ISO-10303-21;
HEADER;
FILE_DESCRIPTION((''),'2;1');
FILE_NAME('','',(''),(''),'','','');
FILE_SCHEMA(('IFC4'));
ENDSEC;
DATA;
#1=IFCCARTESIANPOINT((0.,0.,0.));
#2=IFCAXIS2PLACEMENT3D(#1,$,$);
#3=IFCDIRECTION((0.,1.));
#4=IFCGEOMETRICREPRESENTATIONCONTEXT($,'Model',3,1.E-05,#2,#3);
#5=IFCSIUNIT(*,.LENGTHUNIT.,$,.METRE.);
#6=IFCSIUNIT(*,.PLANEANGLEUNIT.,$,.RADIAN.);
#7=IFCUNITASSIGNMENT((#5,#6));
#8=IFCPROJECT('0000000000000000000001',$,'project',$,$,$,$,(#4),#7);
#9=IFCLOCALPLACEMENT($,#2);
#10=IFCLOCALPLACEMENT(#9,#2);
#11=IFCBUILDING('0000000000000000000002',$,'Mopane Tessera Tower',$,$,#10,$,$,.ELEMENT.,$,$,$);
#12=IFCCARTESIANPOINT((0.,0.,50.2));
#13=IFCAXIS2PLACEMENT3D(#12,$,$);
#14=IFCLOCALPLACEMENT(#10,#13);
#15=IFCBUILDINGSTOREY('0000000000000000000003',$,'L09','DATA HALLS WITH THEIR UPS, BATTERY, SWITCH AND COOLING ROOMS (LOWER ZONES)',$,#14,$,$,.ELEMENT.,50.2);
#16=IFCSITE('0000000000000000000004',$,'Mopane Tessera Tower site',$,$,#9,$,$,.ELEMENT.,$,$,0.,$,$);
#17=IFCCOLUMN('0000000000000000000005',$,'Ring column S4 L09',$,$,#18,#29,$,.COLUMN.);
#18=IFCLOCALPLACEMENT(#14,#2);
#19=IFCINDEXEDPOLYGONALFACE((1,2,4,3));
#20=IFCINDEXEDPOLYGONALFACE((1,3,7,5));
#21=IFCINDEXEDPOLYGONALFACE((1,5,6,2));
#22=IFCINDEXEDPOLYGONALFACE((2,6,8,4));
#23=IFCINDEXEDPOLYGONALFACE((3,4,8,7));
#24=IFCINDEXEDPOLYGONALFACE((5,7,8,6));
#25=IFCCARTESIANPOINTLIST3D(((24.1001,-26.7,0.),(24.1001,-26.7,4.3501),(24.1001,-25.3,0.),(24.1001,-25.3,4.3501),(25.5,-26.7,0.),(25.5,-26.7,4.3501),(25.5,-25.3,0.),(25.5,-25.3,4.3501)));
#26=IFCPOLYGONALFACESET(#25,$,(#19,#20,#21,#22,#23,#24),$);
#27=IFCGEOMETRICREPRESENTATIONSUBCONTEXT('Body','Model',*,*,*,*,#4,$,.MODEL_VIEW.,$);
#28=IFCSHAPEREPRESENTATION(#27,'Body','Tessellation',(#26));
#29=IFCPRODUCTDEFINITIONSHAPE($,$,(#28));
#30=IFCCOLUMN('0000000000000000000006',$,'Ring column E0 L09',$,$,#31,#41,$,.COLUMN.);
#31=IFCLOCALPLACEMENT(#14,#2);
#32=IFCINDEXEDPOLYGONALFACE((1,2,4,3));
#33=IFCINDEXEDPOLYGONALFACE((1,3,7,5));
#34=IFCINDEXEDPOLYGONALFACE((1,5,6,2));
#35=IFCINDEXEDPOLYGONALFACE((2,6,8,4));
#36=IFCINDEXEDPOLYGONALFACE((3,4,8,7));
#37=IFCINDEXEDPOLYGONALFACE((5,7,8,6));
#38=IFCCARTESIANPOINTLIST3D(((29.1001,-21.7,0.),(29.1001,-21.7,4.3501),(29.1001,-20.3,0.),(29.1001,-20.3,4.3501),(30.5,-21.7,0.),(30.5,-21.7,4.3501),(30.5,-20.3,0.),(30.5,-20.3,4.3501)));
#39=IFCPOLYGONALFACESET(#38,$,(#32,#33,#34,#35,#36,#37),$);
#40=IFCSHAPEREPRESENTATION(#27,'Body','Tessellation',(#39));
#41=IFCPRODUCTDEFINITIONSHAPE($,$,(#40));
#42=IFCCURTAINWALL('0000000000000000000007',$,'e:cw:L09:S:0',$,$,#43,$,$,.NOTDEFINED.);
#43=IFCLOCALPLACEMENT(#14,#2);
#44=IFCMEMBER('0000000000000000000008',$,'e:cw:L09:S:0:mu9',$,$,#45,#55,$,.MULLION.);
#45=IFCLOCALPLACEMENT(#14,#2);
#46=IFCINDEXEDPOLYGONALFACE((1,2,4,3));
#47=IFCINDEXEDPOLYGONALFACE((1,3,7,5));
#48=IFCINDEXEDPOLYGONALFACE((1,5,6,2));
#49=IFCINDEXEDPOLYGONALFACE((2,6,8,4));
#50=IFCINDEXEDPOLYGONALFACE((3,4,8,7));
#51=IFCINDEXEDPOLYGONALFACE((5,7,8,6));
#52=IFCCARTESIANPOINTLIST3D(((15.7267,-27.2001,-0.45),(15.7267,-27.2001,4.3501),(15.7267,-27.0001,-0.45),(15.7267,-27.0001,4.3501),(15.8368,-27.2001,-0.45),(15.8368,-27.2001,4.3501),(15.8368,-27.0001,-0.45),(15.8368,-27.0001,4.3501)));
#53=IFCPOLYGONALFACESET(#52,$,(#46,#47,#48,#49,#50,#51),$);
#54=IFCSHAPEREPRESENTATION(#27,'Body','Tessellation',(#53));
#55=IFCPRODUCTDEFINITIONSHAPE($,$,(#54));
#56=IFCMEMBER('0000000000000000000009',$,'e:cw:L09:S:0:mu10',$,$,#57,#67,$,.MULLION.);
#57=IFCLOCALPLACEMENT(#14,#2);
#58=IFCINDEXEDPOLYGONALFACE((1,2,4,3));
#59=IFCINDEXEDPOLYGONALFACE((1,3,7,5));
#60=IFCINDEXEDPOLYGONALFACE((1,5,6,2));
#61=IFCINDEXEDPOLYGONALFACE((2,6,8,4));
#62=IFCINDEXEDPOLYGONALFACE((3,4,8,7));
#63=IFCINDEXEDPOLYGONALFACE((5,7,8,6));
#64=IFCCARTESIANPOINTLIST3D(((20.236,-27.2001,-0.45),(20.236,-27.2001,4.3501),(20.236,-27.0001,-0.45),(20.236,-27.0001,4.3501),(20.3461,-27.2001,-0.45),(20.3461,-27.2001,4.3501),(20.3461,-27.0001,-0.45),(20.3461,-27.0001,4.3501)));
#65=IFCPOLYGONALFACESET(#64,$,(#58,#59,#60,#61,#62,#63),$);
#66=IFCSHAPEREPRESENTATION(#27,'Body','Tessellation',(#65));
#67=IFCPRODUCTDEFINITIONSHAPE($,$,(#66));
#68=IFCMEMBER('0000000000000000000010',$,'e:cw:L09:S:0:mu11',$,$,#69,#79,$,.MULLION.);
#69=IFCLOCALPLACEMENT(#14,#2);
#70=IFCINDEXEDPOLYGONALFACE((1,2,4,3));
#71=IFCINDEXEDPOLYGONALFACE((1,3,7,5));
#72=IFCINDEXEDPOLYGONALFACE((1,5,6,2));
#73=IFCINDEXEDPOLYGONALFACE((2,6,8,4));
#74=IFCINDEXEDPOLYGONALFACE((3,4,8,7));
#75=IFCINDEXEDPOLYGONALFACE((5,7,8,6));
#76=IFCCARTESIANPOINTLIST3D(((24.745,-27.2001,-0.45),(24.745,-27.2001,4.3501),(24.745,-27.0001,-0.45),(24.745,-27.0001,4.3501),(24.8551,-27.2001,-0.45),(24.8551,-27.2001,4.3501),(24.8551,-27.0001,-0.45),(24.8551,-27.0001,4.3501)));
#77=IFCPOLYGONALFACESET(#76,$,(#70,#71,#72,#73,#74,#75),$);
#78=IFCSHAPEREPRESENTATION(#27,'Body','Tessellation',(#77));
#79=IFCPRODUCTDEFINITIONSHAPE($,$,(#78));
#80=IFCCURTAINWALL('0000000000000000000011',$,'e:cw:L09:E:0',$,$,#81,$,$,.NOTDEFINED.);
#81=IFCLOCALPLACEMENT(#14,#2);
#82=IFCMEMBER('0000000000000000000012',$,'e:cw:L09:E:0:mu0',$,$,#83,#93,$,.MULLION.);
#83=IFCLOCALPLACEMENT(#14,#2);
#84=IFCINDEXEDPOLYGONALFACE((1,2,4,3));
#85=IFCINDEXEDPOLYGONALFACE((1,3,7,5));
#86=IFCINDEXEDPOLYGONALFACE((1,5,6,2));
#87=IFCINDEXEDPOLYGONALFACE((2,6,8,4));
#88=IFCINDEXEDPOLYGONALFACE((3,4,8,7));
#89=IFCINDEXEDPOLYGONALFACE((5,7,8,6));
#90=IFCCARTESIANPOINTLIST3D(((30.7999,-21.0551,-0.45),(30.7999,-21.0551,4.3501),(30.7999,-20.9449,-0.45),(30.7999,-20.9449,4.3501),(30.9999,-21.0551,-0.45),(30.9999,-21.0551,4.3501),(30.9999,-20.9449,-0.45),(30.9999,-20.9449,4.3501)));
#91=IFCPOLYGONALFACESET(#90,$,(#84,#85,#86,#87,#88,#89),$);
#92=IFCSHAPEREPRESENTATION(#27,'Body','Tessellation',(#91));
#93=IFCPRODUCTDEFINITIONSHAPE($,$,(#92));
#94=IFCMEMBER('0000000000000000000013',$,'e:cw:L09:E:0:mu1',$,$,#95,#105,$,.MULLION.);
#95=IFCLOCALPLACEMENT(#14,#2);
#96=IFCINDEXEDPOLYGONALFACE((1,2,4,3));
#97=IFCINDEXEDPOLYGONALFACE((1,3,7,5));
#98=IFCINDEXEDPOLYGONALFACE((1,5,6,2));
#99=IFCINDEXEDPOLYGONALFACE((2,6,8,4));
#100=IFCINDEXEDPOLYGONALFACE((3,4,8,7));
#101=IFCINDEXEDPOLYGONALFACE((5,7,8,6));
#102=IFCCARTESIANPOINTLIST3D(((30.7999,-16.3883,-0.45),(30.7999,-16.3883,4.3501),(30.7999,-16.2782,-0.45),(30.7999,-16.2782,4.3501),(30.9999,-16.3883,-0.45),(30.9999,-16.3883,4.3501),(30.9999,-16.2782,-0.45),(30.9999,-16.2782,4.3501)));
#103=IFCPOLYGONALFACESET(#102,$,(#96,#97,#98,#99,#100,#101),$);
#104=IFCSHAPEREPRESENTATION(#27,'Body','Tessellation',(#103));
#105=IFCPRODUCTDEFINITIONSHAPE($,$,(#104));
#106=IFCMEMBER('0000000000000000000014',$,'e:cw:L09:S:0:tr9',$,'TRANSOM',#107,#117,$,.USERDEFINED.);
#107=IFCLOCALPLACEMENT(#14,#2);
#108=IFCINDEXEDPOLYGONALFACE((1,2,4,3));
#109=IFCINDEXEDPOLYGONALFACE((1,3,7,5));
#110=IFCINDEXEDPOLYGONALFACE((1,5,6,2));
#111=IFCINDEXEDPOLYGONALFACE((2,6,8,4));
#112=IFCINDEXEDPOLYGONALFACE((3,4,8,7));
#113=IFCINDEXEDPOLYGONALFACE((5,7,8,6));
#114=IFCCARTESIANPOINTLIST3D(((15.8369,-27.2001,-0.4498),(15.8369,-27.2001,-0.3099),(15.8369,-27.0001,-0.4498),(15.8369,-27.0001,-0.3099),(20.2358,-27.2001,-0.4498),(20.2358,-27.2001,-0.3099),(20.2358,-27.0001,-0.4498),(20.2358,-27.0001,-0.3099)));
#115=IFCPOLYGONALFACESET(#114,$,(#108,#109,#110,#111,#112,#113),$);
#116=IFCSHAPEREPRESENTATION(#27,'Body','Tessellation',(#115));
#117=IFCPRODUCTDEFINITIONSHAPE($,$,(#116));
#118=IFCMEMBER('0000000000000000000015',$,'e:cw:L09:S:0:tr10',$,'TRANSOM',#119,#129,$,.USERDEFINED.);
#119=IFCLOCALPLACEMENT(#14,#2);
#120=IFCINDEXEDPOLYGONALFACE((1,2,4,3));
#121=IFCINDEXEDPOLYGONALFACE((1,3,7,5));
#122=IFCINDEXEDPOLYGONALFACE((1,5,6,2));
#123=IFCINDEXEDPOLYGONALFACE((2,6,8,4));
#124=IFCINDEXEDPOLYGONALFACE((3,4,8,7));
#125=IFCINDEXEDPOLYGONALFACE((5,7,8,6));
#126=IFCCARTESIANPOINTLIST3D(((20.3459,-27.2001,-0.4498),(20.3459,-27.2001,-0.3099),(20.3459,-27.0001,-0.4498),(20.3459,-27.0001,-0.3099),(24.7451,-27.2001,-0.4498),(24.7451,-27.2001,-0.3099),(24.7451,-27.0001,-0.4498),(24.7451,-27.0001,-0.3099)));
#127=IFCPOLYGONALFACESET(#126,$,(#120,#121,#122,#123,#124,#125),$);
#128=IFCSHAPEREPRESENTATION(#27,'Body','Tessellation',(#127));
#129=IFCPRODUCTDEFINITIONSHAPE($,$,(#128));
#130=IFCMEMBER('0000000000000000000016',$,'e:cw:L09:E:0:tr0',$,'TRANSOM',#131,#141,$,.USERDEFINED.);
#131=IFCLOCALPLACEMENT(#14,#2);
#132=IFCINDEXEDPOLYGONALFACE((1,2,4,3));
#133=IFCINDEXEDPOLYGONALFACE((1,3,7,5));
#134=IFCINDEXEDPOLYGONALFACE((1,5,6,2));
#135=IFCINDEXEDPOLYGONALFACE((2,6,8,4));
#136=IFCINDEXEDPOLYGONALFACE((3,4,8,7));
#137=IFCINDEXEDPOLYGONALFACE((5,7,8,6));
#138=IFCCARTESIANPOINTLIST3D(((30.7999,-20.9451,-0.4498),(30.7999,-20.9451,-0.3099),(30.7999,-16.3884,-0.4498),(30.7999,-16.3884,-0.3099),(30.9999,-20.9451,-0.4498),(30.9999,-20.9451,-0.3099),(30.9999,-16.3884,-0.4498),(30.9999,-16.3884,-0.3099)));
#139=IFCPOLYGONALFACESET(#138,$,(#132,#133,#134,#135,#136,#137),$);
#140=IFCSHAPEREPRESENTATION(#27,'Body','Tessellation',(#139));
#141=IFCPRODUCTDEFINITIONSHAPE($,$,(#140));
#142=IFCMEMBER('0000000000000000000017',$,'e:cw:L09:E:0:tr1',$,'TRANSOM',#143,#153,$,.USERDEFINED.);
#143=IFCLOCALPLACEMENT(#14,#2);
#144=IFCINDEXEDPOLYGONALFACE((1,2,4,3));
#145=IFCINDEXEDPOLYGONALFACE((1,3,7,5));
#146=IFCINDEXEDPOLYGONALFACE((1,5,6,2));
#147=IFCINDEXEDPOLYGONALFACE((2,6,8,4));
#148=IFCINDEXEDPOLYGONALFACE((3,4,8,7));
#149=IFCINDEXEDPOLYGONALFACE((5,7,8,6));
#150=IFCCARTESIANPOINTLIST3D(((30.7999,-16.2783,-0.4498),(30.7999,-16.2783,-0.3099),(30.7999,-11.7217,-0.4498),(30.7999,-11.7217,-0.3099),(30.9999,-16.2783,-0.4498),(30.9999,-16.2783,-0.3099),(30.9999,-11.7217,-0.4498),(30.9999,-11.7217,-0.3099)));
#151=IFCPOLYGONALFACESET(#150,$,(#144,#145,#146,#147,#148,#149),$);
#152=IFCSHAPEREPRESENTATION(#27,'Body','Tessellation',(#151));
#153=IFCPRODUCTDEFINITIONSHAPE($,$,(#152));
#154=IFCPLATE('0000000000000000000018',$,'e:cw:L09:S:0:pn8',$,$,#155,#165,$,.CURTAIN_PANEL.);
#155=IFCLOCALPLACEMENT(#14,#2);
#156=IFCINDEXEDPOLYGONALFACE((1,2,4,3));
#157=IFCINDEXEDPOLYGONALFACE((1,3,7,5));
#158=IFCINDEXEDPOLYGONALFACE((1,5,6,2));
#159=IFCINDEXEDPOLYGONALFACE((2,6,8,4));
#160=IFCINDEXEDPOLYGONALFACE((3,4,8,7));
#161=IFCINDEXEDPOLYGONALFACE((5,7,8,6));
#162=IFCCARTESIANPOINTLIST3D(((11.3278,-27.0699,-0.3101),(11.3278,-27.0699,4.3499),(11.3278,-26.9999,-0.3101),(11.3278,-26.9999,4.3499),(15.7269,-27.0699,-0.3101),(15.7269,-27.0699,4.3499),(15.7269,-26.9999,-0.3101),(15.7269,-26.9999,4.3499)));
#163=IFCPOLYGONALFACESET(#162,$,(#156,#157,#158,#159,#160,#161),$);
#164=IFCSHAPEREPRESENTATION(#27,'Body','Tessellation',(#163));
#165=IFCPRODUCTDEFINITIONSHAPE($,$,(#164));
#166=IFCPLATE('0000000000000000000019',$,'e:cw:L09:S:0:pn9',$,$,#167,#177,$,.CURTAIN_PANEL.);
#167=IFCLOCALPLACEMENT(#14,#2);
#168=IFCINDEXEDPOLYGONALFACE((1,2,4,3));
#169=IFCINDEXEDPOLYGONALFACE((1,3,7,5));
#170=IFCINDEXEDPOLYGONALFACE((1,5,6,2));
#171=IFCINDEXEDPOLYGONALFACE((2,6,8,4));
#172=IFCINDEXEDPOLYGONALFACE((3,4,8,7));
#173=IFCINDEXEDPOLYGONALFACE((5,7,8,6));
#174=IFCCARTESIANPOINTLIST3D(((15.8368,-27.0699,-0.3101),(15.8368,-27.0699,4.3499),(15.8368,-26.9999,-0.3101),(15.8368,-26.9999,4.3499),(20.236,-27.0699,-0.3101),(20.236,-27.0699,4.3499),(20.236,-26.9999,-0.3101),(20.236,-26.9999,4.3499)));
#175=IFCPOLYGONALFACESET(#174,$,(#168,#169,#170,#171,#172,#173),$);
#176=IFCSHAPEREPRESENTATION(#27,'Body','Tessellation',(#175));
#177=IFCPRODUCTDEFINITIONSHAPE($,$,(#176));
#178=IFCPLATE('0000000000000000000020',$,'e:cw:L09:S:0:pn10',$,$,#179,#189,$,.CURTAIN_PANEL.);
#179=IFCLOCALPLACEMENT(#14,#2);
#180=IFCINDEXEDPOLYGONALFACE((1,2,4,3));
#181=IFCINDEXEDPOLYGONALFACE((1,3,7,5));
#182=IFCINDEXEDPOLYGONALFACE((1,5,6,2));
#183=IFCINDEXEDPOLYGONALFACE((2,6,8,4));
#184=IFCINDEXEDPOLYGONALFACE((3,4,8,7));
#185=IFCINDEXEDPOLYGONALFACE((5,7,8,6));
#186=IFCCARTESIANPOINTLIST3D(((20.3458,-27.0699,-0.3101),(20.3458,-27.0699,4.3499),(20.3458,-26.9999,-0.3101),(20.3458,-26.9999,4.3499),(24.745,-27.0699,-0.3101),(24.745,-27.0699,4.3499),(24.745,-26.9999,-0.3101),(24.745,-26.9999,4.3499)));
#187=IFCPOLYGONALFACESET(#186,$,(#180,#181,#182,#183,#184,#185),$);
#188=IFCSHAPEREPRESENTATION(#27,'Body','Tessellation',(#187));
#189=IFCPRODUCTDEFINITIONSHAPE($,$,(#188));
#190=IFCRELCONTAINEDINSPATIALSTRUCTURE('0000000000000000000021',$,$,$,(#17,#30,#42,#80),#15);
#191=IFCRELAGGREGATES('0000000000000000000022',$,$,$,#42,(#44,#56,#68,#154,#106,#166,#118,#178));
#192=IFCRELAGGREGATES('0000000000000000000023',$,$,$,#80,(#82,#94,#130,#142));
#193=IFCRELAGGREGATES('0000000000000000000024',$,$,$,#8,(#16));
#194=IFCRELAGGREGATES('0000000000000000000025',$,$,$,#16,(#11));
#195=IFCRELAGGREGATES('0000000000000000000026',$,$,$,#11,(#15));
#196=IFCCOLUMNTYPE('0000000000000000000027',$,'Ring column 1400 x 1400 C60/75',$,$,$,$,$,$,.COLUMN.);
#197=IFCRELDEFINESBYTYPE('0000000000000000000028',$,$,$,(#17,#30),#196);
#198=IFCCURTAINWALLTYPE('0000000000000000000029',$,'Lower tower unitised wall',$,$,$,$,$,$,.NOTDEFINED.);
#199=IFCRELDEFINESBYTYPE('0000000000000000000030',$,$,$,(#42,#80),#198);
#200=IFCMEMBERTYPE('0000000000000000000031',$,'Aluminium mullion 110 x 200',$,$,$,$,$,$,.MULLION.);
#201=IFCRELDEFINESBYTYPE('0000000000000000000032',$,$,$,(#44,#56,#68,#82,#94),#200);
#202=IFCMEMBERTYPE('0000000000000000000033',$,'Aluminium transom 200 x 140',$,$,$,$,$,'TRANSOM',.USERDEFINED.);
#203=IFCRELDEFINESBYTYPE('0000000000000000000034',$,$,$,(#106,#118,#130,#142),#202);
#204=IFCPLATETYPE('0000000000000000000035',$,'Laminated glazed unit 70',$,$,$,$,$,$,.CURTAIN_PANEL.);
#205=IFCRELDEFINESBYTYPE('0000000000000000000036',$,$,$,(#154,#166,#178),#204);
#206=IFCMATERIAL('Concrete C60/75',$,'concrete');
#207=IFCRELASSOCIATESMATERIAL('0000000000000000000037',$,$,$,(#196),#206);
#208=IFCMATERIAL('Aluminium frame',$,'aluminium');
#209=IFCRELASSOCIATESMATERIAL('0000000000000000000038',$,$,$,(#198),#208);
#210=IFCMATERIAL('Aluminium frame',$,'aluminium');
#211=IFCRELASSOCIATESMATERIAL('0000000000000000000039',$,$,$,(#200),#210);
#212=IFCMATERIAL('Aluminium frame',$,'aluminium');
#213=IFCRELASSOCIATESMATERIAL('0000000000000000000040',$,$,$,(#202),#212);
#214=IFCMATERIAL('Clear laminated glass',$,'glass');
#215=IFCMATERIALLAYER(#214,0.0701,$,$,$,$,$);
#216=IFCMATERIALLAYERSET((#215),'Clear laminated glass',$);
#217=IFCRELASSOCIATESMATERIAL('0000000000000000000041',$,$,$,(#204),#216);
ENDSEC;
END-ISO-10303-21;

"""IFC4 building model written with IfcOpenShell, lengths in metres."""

from ifc_helpers import new_model, si_unit, direction, frame, origin, origin_2d, place, context, subcontext, project, spatial, rectangle, extrude, material, layer, layer_set, material_profile, profile_set, type_object, element, aggregate, save


model = new_model("IFC4")

# Units and contexts
model_context = context("Model", 3, precision=1e-05, world=origin(), true_north=direction((0.0, 1.0)))
body_context = subcontext(model_context, "Body", "Model", "MODEL_VIEW")
ifc_project = project(units=[si_unit("LENGTHUNIT", "METRE"), si_unit("PLANEANGLEUNIT", "RADIAN")], contexts=[model_context])

# Site, building, storey
site_placement = place(None, origin())
site = spatial("IfcSite", under=ifc_project, at=site_placement, Name="Mopane Tessera Tower site", CompositionType="ELEMENT", RefElevation=0.0)
building_placement = place(site_placement, origin())
building = spatial("IfcBuilding", under=site, at=building_placement, Name="Mopane Tessera Tower", CompositionType="ELEMENT")
storey_placement = place(building_placement, frame((0.0, 0.0, 50.2)))
storey = spatial("IfcBuildingStorey", under=building, at=storey_placement, Name="L09", Description="DATA HALLS WITH THEIR UPS, BATTERY, SWITCH AND COOLING ROOMS (LOWER ZONES)", CompositionType="ELEMENT", Elevation=50.2)

# Columns
ifc_material_1 = material(Name="Concrete C60/75", Category="concrete")
ifc_material_profile_1 = material_profile(ifc_material_1, rectangle(XDim=1.3999, YDim=1.3999, at=origin_2d()))
ifc_profile_set_1 = profile_set([ifc_material_profile_1], Name="Concrete C60/75")
column_type = type_object("IfcColumnType", Name="Ring column 1400 x 1400 C60/75", PredefinedType="COLUMN", material=ifc_profile_set_1)
for number, where, z_axis, x_axis, name in (
    (1, (24.8, -26.0, 0.0), (0.0, 0.0, 1.0), (1.0, 0.0, 0.0), "Ring column S4 L09"),
    (2, (29.8, -21.0, 0.0), (0.0, 0.0, 1.0), (1.0, 0.0, 0.0), "Ring column E0 L09"),
):
    element("IfcColumn", number, at=place(storey_placement, frame(where, z_axis=z_axis, x_axis=x_axis)), inside=storey, type_object=column_type, Name=name, PredefinedType="COLUMN", context=body_context, shape_type="SweptSolid", body=[
        extrude(rectangle(XDim=1.3999, YDim=1.3999, at=origin_2d()), origin(), (0.0, 0.0, 1.0), 4.3501),
    ])

# Curtain walls, members
ifc_material_2 = material(Name="Aluminium frame", Category="aluminium")
curtain_wall_type = type_object("IfcCurtainWallType", Name="Lower tower unitised wall", PredefinedType="NOTDEFINED", material=ifc_material_2)
curtain_wall_1_placement = place(storey_placement, origin())
curtain_wall_1 = element("IfcCurtainWall", 3, at=curtain_wall_1_placement, inside=storey, type_object=curtain_wall_type, Name="e:cw:L09:S:0", PredefinedType="NOTDEFINED")
ifc_material_3 = material(Name="Aluminium frame", Category="aluminium")
ifc_material_profile_2 = material_profile(ifc_material_3, rectangle(XDim=0.1101, YDim=0.2, at=origin_2d()))
ifc_profile_set_2 = profile_set([ifc_material_profile_2], Name="Aluminium frame")
member_type_1 = type_object("IfcMemberType", Name="Aluminium mullion 110 x 200", PredefinedType="MULLION", material=ifc_profile_set_2)
member_1_placement = place(storey_placement, frame((15.7817, -27.1001, -0.45), z_axis=(0.0, 0.0, 1.0), x_axis=(1.0, 0.0, 0.0)))
member_1 = element("IfcMember", 4, at=member_1_placement, type_object=member_type_1, Name="e:cw:L09:S:0:mu9", PredefinedType="MULLION", context=body_context, shape_type="SweptSolid", body=[
    extrude(rectangle(XDim=0.1101, YDim=0.2, at=origin_2d()), origin(), (0.0, 0.0, 1.0), 4.8),
])
member_2_placement = place(storey_placement, frame((20.291, -27.1001, -0.45), z_axis=(0.0, 0.0, 1.0), x_axis=(1.0, 0.0, 0.0)))
member_2 = element("IfcMember", 5, at=member_2_placement, type_object=member_type_1, Name="e:cw:L09:S:0:mu10", PredefinedType="MULLION", context=body_context, shape_type="SweptSolid", body=[
    extrude(rectangle(XDim=0.1101, YDim=0.2, at=origin_2d()), origin(), (0.0, 0.0, 1.0), 4.8),
])
member_3_placement = place(storey_placement, frame((24.8, -27.1001, -0.45), z_axis=(0.0, 0.0, 1.0), x_axis=(1.0, 0.0, 0.0)))
member_3 = element("IfcMember", 6, at=member_3_placement, type_object=member_type_1, Name="e:cw:L09:S:0:mu11", PredefinedType="MULLION", context=body_context, shape_type="SweptSolid", body=[
    extrude(rectangle(XDim=0.1101, YDim=0.2, at=origin_2d()), origin(), (0.0, 0.0, 1.0), 4.8),
])
curtain_wall_2_placement = place(storey_placement, origin())
curtain_wall_2 = element("IfcCurtainWall", 7, at=curtain_wall_2_placement, inside=storey, type_object=curtain_wall_type, Name="e:cw:L09:E:0", PredefinedType="NOTDEFINED")
member_4_placement = place(storey_placement, frame((30.8999, -21.0, -0.45), z_axis=(0.0, 0.0, 1.0), x_axis=(0.0, 1.0, 0.0)))
member_4 = element("IfcMember", 8, at=member_4_placement, type_object=member_type_1, Name="e:cw:L09:E:0:mu0", PredefinedType="MULLION", context=body_context, shape_type="SweptSolid", body=[
    extrude(rectangle(XDim=0.1101, YDim=0.2, at=origin_2d()), origin(), (0.0, 0.0, 1.0), 4.8),
])
member_5_placement = place(storey_placement, frame((30.8999, -16.3333, -0.45), z_axis=(0.0, 0.0, 1.0), x_axis=(0.0, 1.0, 0.0)))
member_5 = element("IfcMember", 9, at=member_5_placement, type_object=member_type_1, Name="e:cw:L09:E:0:mu1", PredefinedType="MULLION", context=body_context, shape_type="SweptSolid", body=[
    extrude(rectangle(XDim=0.1101, YDim=0.2, at=origin_2d()), origin(), (0.0, 0.0, 1.0), 4.8),
])

# Members
ifc_material_4 = material(Name="Aluminium frame", Category="aluminium")
ifc_material_profile_3 = material_profile(ifc_material_4, rectangle(XDim=0.2, YDim=0.1399, at=origin_2d()))
ifc_profile_set_3 = profile_set([ifc_material_profile_3], Name="Aluminium frame")
member_type_2 = type_object("IfcMemberType", Name="Aluminium transom 200 x 140", ElementType="TRANSOM", PredefinedType="USERDEFINED", material=ifc_profile_set_3)
member_6_placement = place(storey_placement, frame((15.8369, -27.1001, -0.3799), z_axis=(1.0, 0.0, 0.0), x_axis=(0.0, 1.0, 0.0)))
member_6 = element("IfcMember", 10, at=member_6_placement, type_object=member_type_2, Name="e:cw:L09:S:0:tr9", ObjectType="TRANSOM", PredefinedType="USERDEFINED", context=body_context, shape_type="SweptSolid", body=[
    extrude(rectangle(XDim=0.2, YDim=0.1399, at=origin_2d()), origin(), (0.0, 0.0, 1.0), 4.3989),
])
member_7_placement = place(storey_placement, frame((20.3459, -27.1001, -0.3799), z_axis=(1.0, 0.0, 0.0), x_axis=(0.0, 1.0, 0.0)))
member_7 = element("IfcMember", 11, at=member_7_placement, type_object=member_type_2, Name="e:cw:L09:S:0:tr10", ObjectType="TRANSOM", PredefinedType="USERDEFINED", context=body_context, shape_type="SweptSolid", body=[
    extrude(rectangle(XDim=0.2, YDim=0.1399, at=origin_2d()), origin(), (0.0, 0.0, 1.0), 4.3992),
])
member_8_placement = place(storey_placement, frame((30.8999, -20.9451, -0.3799), z_axis=(0.0, 1.0, 0.0), x_axis=(-1.0, 0.0, 0.0)))
member_8 = element("IfcMember", 12, at=member_8_placement, type_object=member_type_2, Name="e:cw:L09:E:0:tr0", ObjectType="TRANSOM", PredefinedType="USERDEFINED", context=body_context, shape_type="SweptSolid", body=[
    extrude(rectangle(XDim=0.2, YDim=0.1399, at=origin_2d()), origin(), (0.0, 0.0, 1.0), 4.5566),
])
member_9_placement = place(storey_placement, frame((30.8999, -16.2783, -0.3799), z_axis=(0.0, 1.0, 0.0), x_axis=(-1.0, 0.0, 0.0)))
member_9 = element("IfcMember", 13, at=member_9_placement, type_object=member_type_2, Name="e:cw:L09:E:0:tr1", ObjectType="TRANSOM", PredefinedType="USERDEFINED", context=body_context, shape_type="SweptSolid", body=[
    extrude(rectangle(XDim=0.2, YDim=0.1399, at=origin_2d()), origin(), (0.0, 0.0, 1.0), 4.5566),
])

# Plates
ifc_material_5 = material(Name="Clear laminated glass", Category="glass")
ifc_layer_1 = layer(ifc_material_5, 0.0701)
ifc_layer_set_1 = layer_set([ifc_layer_1], Name="Clear laminated glass")
plate_type = type_object("IfcPlateType", Name="Laminated glazed unit 70", PredefinedType="CURTAIN_PANEL", material=ifc_layer_set_1)
plate_1_placement = place(storey_placement, frame((13.5273, -27.0349, -0.3101), z_axis=(0.0, 0.0, 1.0), x_axis=(1.0, 0.0, 0.0)))
plate_1 = element("IfcPlate", 14, at=plate_1_placement, type_object=plate_type, Name="e:cw:L09:S:0:pn8", PredefinedType="CURTAIN_PANEL", context=body_context, shape_type="SweptSolid", body=[
    extrude(rectangle(XDim=4.3992, YDim=0.0701, at=origin_2d()), origin(), (0.0, 0.0, 1.0), 4.6599),
])
plate_2_placement = place(storey_placement, frame((18.0364, -27.0349, -0.3101), z_axis=(0.0, 0.0, 1.0), x_axis=(1.0, 0.0, 0.0)))
plate_2 = element("IfcPlate", 15, at=plate_2_placement, type_object=plate_type, Name="e:cw:L09:S:0:pn9", PredefinedType="CURTAIN_PANEL", context=body_context, shape_type="SweptSolid", body=[
    extrude(rectangle(XDim=4.3992, YDim=0.0701, at=origin_2d()), origin(), (0.0, 0.0, 1.0), 4.6599),
])
plate_3_placement = place(storey_placement, frame((22.5454, -27.0349, -0.3101), z_axis=(0.0, 0.0, 1.0), x_axis=(1.0, 0.0, 0.0)))
plate_3 = element("IfcPlate", 16, at=plate_3_placement, type_object=plate_type, Name="e:cw:L09:S:0:pn10", PredefinedType="CURTAIN_PANEL", context=body_context, shape_type="SweptSolid", body=[
    extrude(rectangle(XDim=4.3992, YDim=0.0701, at=origin_2d()), origin(), (0.0, 0.0, 1.0), 4.6599),
])
aggregate(curtain_wall_1, [member_1, member_2, member_3, plate_1, member_6, plate_2, member_7, plate_3])
aggregate(curtain_wall_2, [member_4, member_5, member_8, member_9])

save(model, "model.ifc")
